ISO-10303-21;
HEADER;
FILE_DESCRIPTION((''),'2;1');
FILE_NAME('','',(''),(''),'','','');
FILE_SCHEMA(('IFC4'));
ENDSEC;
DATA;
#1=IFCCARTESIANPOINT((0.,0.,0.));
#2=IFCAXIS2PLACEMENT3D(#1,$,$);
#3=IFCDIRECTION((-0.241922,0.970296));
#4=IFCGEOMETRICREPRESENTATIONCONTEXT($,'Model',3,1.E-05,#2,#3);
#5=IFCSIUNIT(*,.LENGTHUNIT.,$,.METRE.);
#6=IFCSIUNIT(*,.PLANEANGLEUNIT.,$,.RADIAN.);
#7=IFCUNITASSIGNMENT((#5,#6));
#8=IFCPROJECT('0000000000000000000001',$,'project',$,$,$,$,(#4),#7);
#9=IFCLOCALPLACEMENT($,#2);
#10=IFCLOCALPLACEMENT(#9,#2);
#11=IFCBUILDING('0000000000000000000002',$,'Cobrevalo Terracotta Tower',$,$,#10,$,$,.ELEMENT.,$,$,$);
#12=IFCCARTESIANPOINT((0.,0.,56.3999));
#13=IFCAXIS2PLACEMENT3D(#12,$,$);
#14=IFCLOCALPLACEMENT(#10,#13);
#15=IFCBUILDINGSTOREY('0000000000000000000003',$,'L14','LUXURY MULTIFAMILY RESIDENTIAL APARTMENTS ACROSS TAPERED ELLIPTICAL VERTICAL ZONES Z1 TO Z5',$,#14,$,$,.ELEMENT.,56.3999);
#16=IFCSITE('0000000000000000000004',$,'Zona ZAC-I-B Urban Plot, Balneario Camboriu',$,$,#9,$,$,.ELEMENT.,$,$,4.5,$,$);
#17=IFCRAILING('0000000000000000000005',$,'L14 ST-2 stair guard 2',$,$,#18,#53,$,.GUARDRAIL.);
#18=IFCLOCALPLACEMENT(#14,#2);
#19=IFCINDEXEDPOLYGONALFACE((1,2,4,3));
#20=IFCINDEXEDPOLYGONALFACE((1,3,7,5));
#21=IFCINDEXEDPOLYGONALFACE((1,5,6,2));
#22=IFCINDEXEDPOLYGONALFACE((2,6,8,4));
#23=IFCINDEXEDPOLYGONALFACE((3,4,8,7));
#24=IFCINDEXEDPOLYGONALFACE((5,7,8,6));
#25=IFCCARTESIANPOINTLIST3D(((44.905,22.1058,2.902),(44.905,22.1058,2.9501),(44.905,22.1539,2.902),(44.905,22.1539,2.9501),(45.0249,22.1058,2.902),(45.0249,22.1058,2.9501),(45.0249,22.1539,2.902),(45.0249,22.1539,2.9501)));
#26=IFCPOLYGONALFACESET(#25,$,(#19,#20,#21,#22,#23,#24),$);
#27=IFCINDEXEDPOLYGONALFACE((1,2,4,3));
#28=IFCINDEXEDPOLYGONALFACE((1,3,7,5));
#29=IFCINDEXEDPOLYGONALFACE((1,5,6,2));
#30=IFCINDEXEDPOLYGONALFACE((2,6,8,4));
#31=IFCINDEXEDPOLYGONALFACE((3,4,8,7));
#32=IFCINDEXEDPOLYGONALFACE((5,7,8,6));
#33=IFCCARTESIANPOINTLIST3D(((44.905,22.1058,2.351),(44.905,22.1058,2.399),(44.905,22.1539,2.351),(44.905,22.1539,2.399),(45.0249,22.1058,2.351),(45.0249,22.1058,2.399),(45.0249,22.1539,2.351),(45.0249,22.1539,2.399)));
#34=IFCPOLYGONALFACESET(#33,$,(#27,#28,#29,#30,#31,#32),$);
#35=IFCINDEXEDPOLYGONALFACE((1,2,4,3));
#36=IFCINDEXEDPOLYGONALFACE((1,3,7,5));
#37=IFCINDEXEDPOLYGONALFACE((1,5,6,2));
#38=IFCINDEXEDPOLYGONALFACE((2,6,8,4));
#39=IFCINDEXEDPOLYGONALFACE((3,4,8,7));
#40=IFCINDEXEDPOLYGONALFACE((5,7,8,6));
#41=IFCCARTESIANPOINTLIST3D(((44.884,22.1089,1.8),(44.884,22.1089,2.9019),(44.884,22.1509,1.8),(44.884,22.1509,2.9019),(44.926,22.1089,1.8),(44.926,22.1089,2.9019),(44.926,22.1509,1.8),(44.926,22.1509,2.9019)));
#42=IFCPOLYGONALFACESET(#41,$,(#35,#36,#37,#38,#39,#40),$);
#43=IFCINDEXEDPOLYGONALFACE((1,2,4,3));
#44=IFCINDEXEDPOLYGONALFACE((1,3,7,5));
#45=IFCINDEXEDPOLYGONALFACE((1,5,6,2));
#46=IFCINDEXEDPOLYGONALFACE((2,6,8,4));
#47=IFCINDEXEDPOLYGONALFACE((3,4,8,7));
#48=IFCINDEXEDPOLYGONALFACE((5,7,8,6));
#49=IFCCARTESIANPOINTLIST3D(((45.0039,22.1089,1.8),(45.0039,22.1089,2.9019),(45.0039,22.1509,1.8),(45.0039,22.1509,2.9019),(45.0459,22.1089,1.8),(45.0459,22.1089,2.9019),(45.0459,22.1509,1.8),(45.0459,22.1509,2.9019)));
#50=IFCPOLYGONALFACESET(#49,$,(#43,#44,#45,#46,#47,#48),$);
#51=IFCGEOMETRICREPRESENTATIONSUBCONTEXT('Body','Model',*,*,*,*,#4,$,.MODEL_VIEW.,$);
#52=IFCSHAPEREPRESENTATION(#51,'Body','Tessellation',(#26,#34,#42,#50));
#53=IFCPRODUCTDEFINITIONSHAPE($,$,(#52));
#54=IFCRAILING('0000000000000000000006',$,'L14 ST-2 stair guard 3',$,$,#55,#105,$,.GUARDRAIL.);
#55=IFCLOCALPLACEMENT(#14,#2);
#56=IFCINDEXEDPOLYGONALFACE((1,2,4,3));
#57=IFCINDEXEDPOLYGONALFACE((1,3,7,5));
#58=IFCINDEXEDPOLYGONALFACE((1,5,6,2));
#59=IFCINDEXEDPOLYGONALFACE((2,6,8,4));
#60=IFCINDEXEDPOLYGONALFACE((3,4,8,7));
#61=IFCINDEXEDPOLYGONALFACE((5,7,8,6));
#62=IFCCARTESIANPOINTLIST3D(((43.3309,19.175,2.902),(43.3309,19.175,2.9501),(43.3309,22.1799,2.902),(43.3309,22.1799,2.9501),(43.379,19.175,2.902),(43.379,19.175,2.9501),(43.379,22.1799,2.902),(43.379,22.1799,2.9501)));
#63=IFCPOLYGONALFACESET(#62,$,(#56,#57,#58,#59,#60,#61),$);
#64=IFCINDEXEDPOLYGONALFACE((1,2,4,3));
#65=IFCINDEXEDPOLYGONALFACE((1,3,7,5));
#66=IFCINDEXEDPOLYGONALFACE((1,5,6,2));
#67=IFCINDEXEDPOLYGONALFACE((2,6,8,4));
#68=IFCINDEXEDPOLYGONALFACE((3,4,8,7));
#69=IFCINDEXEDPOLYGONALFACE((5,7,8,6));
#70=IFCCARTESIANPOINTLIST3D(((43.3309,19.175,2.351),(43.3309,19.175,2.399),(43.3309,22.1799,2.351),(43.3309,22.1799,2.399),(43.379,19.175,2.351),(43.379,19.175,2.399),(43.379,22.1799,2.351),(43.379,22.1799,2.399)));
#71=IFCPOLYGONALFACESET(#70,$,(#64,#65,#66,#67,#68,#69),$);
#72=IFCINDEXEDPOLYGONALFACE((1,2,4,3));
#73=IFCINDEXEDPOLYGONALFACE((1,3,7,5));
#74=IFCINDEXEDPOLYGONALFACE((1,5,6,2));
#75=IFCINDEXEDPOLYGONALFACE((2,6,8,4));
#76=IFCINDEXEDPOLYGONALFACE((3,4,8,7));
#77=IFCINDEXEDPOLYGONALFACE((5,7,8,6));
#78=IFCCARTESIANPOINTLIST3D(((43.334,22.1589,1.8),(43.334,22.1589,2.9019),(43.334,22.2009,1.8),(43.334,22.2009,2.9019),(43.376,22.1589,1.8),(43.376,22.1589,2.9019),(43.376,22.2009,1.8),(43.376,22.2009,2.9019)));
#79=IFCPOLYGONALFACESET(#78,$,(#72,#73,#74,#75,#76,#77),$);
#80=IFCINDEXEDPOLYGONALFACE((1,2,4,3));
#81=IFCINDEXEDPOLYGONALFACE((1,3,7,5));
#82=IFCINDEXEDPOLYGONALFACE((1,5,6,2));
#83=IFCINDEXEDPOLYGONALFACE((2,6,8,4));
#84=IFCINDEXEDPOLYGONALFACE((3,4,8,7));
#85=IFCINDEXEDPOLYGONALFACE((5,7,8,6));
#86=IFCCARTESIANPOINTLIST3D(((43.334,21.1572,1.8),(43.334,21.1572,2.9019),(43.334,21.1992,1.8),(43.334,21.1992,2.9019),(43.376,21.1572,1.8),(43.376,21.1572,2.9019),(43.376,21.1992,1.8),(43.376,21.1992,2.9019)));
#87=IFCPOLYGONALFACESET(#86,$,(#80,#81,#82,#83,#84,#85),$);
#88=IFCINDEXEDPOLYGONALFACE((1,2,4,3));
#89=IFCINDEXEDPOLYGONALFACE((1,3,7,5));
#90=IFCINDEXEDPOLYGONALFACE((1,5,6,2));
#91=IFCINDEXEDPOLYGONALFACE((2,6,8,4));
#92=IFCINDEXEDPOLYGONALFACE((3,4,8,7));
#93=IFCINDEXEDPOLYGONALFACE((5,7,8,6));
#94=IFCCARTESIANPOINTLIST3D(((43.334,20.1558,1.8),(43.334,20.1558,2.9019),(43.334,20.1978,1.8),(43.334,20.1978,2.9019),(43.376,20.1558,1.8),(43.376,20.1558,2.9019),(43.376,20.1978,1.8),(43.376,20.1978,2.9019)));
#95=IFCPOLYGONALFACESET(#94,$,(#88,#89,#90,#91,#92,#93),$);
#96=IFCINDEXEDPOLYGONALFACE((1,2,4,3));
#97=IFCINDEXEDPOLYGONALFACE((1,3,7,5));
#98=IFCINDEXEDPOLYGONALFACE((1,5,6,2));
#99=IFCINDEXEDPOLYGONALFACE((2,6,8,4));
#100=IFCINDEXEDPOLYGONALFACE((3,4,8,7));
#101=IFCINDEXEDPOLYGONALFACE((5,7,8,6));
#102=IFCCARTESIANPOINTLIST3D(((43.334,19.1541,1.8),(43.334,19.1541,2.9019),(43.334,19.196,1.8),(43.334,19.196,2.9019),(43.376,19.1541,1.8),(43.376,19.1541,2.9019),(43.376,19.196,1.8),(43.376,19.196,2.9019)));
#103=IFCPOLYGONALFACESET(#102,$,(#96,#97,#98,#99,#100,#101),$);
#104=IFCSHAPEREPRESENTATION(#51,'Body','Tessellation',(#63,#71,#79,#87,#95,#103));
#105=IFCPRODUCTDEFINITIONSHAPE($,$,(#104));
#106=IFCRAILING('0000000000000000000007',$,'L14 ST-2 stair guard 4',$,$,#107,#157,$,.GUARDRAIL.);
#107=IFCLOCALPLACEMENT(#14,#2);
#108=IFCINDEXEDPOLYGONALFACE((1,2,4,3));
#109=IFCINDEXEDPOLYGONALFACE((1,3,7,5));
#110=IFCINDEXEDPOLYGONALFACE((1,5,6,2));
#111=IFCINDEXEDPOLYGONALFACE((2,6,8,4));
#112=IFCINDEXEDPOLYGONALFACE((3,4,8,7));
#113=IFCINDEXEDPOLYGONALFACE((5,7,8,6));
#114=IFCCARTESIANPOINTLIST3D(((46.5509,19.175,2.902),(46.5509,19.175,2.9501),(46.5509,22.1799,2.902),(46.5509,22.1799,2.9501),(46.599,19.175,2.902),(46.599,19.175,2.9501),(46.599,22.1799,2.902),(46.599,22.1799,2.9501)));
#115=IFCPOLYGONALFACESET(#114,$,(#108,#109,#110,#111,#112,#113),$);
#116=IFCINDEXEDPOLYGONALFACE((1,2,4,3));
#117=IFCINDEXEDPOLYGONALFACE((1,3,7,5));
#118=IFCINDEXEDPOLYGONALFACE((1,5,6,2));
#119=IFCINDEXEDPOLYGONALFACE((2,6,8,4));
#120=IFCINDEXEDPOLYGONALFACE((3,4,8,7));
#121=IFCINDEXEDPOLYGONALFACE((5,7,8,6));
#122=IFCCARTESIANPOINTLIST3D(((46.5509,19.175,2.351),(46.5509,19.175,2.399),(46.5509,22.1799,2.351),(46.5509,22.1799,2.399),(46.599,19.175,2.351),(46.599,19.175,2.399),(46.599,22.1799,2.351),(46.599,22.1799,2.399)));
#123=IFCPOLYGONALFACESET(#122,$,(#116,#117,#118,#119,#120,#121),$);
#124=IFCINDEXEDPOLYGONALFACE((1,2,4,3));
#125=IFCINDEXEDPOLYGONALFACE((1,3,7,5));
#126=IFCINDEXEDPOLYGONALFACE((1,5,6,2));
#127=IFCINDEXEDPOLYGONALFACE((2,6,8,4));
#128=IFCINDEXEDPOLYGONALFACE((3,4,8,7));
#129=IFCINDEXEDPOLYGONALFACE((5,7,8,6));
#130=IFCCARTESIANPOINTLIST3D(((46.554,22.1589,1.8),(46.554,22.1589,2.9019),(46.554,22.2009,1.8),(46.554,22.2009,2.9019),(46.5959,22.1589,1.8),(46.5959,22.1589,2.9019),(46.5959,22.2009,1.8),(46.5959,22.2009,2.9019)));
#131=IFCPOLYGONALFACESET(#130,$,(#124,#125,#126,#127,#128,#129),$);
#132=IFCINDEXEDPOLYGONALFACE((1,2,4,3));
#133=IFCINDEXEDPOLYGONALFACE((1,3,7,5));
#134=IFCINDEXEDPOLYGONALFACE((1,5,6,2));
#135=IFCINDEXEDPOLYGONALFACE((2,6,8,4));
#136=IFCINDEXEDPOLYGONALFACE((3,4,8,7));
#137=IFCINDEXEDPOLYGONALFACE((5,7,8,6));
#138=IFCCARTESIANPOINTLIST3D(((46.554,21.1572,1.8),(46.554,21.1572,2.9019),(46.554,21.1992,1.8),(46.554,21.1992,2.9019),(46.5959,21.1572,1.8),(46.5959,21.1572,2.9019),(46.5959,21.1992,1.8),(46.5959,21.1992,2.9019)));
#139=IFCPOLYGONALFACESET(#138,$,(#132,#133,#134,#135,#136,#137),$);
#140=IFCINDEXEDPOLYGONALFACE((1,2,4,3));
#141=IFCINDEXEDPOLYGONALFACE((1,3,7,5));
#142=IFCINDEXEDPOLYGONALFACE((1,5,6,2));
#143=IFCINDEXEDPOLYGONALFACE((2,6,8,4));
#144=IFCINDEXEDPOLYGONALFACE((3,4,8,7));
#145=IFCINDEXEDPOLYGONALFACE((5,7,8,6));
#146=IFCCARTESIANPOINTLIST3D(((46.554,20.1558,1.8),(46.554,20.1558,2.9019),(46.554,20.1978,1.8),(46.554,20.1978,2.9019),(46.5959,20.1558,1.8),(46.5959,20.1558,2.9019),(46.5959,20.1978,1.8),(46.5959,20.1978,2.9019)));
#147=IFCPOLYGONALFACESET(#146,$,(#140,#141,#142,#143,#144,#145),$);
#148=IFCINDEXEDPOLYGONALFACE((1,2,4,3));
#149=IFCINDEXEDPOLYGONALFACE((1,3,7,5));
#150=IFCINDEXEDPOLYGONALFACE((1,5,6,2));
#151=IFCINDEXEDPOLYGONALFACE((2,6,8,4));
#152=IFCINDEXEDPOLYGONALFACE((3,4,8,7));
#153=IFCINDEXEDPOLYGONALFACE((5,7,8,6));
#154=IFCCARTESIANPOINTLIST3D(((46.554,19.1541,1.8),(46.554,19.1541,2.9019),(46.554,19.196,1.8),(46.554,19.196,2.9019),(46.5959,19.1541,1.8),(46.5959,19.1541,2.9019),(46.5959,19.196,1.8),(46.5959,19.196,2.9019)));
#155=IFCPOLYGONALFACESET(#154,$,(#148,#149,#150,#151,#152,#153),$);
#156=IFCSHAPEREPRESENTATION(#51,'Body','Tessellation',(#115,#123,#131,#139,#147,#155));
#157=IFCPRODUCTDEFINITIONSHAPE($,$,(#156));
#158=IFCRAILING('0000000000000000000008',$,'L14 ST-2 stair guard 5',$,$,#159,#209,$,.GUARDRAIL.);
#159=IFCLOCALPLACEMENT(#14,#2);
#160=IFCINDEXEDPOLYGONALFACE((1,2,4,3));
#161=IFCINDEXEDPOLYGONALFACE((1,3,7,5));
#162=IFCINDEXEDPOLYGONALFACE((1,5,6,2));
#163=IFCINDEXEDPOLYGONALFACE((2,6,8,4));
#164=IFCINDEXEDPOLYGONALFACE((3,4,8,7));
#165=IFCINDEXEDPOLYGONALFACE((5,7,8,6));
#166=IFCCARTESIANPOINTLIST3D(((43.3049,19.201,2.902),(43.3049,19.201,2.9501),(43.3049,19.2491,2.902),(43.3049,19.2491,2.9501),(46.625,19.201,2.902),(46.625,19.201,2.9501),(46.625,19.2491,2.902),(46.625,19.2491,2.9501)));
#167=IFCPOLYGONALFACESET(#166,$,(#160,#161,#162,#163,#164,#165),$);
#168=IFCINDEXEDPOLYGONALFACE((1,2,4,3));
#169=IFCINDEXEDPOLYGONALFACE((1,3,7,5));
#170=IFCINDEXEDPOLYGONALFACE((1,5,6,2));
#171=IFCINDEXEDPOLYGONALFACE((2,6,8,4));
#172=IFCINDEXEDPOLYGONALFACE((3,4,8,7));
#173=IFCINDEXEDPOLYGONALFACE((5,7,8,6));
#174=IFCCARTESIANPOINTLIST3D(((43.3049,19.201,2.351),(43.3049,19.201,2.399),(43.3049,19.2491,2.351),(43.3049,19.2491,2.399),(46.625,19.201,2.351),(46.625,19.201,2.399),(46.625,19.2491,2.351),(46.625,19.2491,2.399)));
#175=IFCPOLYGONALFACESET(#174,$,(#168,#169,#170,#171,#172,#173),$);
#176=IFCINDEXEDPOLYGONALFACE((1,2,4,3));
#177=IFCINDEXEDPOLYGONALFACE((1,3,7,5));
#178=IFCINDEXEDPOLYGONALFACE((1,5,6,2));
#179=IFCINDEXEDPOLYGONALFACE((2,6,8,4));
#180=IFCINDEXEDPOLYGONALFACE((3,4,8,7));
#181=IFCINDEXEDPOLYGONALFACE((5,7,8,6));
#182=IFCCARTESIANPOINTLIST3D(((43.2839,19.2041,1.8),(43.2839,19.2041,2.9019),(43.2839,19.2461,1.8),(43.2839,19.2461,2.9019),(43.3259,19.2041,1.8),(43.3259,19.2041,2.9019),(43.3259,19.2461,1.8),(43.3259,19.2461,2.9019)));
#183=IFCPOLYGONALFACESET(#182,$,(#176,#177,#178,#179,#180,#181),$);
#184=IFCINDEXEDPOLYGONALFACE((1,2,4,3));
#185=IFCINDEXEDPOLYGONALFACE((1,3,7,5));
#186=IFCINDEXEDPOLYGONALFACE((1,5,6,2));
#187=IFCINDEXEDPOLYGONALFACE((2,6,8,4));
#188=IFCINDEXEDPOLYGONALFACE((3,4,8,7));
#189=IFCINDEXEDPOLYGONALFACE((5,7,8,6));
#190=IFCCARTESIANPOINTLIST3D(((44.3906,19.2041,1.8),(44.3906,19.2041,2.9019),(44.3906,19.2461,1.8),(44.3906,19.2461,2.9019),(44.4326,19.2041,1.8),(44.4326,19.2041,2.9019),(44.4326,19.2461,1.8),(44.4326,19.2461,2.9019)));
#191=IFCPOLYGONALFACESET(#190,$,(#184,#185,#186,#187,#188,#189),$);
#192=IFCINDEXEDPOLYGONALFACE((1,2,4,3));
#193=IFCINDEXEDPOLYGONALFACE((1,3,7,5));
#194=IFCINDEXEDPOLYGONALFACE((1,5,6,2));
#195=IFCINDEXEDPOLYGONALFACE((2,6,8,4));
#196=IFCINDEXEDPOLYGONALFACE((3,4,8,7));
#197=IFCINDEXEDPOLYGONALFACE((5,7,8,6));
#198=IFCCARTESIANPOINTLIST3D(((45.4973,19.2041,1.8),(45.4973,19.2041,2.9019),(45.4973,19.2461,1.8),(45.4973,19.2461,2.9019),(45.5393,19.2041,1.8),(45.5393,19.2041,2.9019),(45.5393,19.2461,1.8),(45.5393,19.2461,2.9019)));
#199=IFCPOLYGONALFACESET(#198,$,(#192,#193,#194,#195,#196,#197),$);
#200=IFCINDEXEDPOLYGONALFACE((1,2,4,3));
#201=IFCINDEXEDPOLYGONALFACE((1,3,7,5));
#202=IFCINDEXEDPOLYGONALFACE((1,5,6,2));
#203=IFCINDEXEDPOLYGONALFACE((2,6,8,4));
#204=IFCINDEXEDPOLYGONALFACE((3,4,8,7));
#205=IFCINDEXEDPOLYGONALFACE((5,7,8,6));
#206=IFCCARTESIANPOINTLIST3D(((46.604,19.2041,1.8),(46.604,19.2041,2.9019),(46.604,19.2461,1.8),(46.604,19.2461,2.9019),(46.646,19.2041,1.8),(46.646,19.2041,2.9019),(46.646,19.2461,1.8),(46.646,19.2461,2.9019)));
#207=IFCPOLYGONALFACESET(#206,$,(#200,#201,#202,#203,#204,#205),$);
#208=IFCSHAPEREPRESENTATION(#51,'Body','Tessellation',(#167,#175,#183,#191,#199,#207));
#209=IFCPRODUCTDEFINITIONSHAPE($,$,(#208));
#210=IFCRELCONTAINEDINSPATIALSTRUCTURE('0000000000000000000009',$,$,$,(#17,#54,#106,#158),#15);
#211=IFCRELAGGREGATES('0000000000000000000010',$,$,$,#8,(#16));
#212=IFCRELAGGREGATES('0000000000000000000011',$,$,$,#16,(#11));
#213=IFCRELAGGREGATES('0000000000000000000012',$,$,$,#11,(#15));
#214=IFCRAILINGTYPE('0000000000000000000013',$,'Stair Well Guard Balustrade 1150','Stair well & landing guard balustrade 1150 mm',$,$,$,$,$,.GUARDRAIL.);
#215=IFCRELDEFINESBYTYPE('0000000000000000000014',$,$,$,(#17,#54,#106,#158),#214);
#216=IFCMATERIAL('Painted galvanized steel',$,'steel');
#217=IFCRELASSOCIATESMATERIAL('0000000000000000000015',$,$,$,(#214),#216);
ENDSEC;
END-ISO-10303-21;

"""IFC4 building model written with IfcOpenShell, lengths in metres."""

from ifc_helpers import new_model, si_unit, direction, frame, origin, origin_2d, place, context, subcontext, project, spatial, rectangle, extrude, material, type_object, element, save


model = new_model("IFC4")

# Units and contexts
model_context = context("Model", 3, precision=1e-05, world=origin(), true_north=direction((-0.241922, 0.970296)))
body_context = subcontext(model_context, "Body", "Model", "MODEL_VIEW")
ifc_project = project(units=[si_unit("LENGTHUNIT", "METRE"), si_unit("PLANEANGLEUNIT", "RADIAN")], contexts=[model_context])

# Site, building, storey
site_placement = place(None, origin())
site = spatial("IfcSite", under=ifc_project, at=site_placement, Name="Zona ZAC-I-B Urban Plot, Balneario Camboriu", CompositionType="ELEMENT", RefElevation=4.5)
building_placement = place(site_placement, origin())
building = spatial("IfcBuilding", under=site, at=building_placement, Name="Cobrevalo Terracotta Tower", CompositionType="ELEMENT")
storey_placement = place(building_placement, frame((0.0, 0.0, 56.3999)))
storey = spatial("IfcBuildingStorey", under=building, at=storey_placement, Name="L14", Description="LUXURY MULTIFAMILY RESIDENTIAL APARTMENTS ACROSS TAPERED ELLIPTICAL VERTICAL ZONES Z1 TO Z5", CompositionType="ELEMENT", Elevation=56.3999)

# Railings
ifc_material_1 = material(Name="Painted galvanized steel", Category="steel")
railing_type_1 = type_object("IfcRailingType", Name="Stair Well Guard Balustrade 1150", Description="Stair well & landing guard balustrade 1150 mm", PredefinedType="GUARDRAIL", material=ifc_material_1)
railing_1_placement = place(storey_placement, frame((44.905, 22.1299, 1.8)))
element("IfcRailing", 1, at=railing_1_placement, inside=storey, type_object=railing_type_1, Name="L14 ST-2 stair guard 2", PredefinedType="GUARDRAIL", context=body_context, shape_type="SweptSolid", body=[
    extrude(rectangle(XDim=0.0481, YDim=0.0481, at=origin_2d()), frame((0.0, 0.0, 1.126), z_axis=(1.0, 0.0, 0.0), x_axis=(0.0, 1.0, 0.0)), (0.0, 0.0, 1.0), 0.1199),
    extrude(rectangle(XDim=0.0481, YDim=0.0481, at=origin_2d()), frame((0.0, 0.0, 0.575), z_axis=(1.0, 0.0, 0.0), x_axis=(0.0, 1.0, 0.0)), (0.0, 0.0, 1.0), 0.1199),
    extrude(rectangle(XDim=0.042, YDim=0.042, at=origin_2d()), origin(), (0.0, 0.0, 1.0), 1.1018),
    extrude(rectangle(XDim=0.042, YDim=0.042, at=origin_2d()), frame((0.1199, 0.0, 0.0)), (0.0, 0.0, 1.0), 1.1018),
])
for number, where, name in (
    (2, (43.355, 22.1799, 1.8), "L14 ST-2 stair guard 3"),
    (3, (46.575, 22.1799, 1.8), "L14 ST-2 stair guard 4"),
):
    element("IfcRailing", number, at=place(storey_placement, frame(where)), inside=storey, type_object=railing_type_1, Name=name, PredefinedType="GUARDRAIL", context=body_context, shape_type="SweptSolid", body=[
        extrude(rectangle(XDim=0.0481, YDim=0.0481, at=origin_2d()), frame((0.0, 0.0, 1.126), z_axis=(0.0, -1.0, 0.0), x_axis=(1.0, 0.0, 0.0)), (0.0, 0.0, 1.0), 3.0049),
        extrude(rectangle(XDim=0.0481, YDim=0.0481, at=origin_2d()), frame((0.0, 0.0, 0.575), z_axis=(0.0, -1.0, 0.0), x_axis=(1.0, 0.0, 0.0)), (0.0, 0.0, 1.0), 3.0049),
        extrude(rectangle(XDim=0.042, YDim=0.042, at=origin_2d()), origin(), (0.0, 0.0, 1.0), 1.1018),
        extrude(rectangle(XDim=0.042, YDim=0.042, at=origin_2d()), frame((0.0, -1.0017, 0.0)), (0.0, 0.0, 1.0), 1.1018),
        extrude(rectangle(XDim=0.042, YDim=0.042, at=origin_2d()), frame((0.0, -2.0032, 0.0)), (0.0, 0.0, 1.0), 1.1018),
        extrude(rectangle(XDim=0.042, YDim=0.042, at=origin_2d()), frame((0.0, -3.0049, 0.0)), (0.0, 0.0, 1.0), 1.1018),
    ])
railing_2_placement = place(storey_placement, frame((43.3049, 19.2251, 1.8)))
element("IfcRailing", 4, at=railing_2_placement, inside=storey, type_object=railing_type_1, Name="L14 ST-2 stair guard 5", PredefinedType="GUARDRAIL", context=body_context, shape_type="SweptSolid", body=[
    extrude(rectangle(XDim=0.0481, YDim=0.0481, at=origin_2d()), frame((0.0, 0.0, 1.126), z_axis=(1.0, 0.0, 0.0), x_axis=(0.0, 1.0, 0.0)), (0.0, 0.0, 1.0), 3.3201),
    extrude(rectangle(XDim=0.0481, YDim=0.0481, at=origin_2d()), frame((0.0, 0.0, 0.575), z_axis=(1.0, 0.0, 0.0), x_axis=(0.0, 1.0, 0.0)), (0.0, 0.0, 1.0), 3.3201),
    extrude(rectangle(XDim=0.042, YDim=0.042, at=origin_2d()), origin(), (0.0, 0.0, 1.0), 1.1018),
    extrude(rectangle(XDim=0.042, YDim=0.042, at=origin_2d()), frame((1.1067, 0.0, 0.0)), (0.0, 0.0, 1.0), 1.1018),
    extrude(rectangle(XDim=0.042, YDim=0.042, at=origin_2d()), frame((2.2134, 0.0, 0.0)), (0.0, 0.0, 1.0), 1.1018),
    extrude(rectangle(XDim=0.042, YDim=0.042, at=origin_2d()), frame((3.3201, 0.0, 0.0)), (0.0, 0.0, 1.0), 1.1018),
])

save(model, "model.ifc")
